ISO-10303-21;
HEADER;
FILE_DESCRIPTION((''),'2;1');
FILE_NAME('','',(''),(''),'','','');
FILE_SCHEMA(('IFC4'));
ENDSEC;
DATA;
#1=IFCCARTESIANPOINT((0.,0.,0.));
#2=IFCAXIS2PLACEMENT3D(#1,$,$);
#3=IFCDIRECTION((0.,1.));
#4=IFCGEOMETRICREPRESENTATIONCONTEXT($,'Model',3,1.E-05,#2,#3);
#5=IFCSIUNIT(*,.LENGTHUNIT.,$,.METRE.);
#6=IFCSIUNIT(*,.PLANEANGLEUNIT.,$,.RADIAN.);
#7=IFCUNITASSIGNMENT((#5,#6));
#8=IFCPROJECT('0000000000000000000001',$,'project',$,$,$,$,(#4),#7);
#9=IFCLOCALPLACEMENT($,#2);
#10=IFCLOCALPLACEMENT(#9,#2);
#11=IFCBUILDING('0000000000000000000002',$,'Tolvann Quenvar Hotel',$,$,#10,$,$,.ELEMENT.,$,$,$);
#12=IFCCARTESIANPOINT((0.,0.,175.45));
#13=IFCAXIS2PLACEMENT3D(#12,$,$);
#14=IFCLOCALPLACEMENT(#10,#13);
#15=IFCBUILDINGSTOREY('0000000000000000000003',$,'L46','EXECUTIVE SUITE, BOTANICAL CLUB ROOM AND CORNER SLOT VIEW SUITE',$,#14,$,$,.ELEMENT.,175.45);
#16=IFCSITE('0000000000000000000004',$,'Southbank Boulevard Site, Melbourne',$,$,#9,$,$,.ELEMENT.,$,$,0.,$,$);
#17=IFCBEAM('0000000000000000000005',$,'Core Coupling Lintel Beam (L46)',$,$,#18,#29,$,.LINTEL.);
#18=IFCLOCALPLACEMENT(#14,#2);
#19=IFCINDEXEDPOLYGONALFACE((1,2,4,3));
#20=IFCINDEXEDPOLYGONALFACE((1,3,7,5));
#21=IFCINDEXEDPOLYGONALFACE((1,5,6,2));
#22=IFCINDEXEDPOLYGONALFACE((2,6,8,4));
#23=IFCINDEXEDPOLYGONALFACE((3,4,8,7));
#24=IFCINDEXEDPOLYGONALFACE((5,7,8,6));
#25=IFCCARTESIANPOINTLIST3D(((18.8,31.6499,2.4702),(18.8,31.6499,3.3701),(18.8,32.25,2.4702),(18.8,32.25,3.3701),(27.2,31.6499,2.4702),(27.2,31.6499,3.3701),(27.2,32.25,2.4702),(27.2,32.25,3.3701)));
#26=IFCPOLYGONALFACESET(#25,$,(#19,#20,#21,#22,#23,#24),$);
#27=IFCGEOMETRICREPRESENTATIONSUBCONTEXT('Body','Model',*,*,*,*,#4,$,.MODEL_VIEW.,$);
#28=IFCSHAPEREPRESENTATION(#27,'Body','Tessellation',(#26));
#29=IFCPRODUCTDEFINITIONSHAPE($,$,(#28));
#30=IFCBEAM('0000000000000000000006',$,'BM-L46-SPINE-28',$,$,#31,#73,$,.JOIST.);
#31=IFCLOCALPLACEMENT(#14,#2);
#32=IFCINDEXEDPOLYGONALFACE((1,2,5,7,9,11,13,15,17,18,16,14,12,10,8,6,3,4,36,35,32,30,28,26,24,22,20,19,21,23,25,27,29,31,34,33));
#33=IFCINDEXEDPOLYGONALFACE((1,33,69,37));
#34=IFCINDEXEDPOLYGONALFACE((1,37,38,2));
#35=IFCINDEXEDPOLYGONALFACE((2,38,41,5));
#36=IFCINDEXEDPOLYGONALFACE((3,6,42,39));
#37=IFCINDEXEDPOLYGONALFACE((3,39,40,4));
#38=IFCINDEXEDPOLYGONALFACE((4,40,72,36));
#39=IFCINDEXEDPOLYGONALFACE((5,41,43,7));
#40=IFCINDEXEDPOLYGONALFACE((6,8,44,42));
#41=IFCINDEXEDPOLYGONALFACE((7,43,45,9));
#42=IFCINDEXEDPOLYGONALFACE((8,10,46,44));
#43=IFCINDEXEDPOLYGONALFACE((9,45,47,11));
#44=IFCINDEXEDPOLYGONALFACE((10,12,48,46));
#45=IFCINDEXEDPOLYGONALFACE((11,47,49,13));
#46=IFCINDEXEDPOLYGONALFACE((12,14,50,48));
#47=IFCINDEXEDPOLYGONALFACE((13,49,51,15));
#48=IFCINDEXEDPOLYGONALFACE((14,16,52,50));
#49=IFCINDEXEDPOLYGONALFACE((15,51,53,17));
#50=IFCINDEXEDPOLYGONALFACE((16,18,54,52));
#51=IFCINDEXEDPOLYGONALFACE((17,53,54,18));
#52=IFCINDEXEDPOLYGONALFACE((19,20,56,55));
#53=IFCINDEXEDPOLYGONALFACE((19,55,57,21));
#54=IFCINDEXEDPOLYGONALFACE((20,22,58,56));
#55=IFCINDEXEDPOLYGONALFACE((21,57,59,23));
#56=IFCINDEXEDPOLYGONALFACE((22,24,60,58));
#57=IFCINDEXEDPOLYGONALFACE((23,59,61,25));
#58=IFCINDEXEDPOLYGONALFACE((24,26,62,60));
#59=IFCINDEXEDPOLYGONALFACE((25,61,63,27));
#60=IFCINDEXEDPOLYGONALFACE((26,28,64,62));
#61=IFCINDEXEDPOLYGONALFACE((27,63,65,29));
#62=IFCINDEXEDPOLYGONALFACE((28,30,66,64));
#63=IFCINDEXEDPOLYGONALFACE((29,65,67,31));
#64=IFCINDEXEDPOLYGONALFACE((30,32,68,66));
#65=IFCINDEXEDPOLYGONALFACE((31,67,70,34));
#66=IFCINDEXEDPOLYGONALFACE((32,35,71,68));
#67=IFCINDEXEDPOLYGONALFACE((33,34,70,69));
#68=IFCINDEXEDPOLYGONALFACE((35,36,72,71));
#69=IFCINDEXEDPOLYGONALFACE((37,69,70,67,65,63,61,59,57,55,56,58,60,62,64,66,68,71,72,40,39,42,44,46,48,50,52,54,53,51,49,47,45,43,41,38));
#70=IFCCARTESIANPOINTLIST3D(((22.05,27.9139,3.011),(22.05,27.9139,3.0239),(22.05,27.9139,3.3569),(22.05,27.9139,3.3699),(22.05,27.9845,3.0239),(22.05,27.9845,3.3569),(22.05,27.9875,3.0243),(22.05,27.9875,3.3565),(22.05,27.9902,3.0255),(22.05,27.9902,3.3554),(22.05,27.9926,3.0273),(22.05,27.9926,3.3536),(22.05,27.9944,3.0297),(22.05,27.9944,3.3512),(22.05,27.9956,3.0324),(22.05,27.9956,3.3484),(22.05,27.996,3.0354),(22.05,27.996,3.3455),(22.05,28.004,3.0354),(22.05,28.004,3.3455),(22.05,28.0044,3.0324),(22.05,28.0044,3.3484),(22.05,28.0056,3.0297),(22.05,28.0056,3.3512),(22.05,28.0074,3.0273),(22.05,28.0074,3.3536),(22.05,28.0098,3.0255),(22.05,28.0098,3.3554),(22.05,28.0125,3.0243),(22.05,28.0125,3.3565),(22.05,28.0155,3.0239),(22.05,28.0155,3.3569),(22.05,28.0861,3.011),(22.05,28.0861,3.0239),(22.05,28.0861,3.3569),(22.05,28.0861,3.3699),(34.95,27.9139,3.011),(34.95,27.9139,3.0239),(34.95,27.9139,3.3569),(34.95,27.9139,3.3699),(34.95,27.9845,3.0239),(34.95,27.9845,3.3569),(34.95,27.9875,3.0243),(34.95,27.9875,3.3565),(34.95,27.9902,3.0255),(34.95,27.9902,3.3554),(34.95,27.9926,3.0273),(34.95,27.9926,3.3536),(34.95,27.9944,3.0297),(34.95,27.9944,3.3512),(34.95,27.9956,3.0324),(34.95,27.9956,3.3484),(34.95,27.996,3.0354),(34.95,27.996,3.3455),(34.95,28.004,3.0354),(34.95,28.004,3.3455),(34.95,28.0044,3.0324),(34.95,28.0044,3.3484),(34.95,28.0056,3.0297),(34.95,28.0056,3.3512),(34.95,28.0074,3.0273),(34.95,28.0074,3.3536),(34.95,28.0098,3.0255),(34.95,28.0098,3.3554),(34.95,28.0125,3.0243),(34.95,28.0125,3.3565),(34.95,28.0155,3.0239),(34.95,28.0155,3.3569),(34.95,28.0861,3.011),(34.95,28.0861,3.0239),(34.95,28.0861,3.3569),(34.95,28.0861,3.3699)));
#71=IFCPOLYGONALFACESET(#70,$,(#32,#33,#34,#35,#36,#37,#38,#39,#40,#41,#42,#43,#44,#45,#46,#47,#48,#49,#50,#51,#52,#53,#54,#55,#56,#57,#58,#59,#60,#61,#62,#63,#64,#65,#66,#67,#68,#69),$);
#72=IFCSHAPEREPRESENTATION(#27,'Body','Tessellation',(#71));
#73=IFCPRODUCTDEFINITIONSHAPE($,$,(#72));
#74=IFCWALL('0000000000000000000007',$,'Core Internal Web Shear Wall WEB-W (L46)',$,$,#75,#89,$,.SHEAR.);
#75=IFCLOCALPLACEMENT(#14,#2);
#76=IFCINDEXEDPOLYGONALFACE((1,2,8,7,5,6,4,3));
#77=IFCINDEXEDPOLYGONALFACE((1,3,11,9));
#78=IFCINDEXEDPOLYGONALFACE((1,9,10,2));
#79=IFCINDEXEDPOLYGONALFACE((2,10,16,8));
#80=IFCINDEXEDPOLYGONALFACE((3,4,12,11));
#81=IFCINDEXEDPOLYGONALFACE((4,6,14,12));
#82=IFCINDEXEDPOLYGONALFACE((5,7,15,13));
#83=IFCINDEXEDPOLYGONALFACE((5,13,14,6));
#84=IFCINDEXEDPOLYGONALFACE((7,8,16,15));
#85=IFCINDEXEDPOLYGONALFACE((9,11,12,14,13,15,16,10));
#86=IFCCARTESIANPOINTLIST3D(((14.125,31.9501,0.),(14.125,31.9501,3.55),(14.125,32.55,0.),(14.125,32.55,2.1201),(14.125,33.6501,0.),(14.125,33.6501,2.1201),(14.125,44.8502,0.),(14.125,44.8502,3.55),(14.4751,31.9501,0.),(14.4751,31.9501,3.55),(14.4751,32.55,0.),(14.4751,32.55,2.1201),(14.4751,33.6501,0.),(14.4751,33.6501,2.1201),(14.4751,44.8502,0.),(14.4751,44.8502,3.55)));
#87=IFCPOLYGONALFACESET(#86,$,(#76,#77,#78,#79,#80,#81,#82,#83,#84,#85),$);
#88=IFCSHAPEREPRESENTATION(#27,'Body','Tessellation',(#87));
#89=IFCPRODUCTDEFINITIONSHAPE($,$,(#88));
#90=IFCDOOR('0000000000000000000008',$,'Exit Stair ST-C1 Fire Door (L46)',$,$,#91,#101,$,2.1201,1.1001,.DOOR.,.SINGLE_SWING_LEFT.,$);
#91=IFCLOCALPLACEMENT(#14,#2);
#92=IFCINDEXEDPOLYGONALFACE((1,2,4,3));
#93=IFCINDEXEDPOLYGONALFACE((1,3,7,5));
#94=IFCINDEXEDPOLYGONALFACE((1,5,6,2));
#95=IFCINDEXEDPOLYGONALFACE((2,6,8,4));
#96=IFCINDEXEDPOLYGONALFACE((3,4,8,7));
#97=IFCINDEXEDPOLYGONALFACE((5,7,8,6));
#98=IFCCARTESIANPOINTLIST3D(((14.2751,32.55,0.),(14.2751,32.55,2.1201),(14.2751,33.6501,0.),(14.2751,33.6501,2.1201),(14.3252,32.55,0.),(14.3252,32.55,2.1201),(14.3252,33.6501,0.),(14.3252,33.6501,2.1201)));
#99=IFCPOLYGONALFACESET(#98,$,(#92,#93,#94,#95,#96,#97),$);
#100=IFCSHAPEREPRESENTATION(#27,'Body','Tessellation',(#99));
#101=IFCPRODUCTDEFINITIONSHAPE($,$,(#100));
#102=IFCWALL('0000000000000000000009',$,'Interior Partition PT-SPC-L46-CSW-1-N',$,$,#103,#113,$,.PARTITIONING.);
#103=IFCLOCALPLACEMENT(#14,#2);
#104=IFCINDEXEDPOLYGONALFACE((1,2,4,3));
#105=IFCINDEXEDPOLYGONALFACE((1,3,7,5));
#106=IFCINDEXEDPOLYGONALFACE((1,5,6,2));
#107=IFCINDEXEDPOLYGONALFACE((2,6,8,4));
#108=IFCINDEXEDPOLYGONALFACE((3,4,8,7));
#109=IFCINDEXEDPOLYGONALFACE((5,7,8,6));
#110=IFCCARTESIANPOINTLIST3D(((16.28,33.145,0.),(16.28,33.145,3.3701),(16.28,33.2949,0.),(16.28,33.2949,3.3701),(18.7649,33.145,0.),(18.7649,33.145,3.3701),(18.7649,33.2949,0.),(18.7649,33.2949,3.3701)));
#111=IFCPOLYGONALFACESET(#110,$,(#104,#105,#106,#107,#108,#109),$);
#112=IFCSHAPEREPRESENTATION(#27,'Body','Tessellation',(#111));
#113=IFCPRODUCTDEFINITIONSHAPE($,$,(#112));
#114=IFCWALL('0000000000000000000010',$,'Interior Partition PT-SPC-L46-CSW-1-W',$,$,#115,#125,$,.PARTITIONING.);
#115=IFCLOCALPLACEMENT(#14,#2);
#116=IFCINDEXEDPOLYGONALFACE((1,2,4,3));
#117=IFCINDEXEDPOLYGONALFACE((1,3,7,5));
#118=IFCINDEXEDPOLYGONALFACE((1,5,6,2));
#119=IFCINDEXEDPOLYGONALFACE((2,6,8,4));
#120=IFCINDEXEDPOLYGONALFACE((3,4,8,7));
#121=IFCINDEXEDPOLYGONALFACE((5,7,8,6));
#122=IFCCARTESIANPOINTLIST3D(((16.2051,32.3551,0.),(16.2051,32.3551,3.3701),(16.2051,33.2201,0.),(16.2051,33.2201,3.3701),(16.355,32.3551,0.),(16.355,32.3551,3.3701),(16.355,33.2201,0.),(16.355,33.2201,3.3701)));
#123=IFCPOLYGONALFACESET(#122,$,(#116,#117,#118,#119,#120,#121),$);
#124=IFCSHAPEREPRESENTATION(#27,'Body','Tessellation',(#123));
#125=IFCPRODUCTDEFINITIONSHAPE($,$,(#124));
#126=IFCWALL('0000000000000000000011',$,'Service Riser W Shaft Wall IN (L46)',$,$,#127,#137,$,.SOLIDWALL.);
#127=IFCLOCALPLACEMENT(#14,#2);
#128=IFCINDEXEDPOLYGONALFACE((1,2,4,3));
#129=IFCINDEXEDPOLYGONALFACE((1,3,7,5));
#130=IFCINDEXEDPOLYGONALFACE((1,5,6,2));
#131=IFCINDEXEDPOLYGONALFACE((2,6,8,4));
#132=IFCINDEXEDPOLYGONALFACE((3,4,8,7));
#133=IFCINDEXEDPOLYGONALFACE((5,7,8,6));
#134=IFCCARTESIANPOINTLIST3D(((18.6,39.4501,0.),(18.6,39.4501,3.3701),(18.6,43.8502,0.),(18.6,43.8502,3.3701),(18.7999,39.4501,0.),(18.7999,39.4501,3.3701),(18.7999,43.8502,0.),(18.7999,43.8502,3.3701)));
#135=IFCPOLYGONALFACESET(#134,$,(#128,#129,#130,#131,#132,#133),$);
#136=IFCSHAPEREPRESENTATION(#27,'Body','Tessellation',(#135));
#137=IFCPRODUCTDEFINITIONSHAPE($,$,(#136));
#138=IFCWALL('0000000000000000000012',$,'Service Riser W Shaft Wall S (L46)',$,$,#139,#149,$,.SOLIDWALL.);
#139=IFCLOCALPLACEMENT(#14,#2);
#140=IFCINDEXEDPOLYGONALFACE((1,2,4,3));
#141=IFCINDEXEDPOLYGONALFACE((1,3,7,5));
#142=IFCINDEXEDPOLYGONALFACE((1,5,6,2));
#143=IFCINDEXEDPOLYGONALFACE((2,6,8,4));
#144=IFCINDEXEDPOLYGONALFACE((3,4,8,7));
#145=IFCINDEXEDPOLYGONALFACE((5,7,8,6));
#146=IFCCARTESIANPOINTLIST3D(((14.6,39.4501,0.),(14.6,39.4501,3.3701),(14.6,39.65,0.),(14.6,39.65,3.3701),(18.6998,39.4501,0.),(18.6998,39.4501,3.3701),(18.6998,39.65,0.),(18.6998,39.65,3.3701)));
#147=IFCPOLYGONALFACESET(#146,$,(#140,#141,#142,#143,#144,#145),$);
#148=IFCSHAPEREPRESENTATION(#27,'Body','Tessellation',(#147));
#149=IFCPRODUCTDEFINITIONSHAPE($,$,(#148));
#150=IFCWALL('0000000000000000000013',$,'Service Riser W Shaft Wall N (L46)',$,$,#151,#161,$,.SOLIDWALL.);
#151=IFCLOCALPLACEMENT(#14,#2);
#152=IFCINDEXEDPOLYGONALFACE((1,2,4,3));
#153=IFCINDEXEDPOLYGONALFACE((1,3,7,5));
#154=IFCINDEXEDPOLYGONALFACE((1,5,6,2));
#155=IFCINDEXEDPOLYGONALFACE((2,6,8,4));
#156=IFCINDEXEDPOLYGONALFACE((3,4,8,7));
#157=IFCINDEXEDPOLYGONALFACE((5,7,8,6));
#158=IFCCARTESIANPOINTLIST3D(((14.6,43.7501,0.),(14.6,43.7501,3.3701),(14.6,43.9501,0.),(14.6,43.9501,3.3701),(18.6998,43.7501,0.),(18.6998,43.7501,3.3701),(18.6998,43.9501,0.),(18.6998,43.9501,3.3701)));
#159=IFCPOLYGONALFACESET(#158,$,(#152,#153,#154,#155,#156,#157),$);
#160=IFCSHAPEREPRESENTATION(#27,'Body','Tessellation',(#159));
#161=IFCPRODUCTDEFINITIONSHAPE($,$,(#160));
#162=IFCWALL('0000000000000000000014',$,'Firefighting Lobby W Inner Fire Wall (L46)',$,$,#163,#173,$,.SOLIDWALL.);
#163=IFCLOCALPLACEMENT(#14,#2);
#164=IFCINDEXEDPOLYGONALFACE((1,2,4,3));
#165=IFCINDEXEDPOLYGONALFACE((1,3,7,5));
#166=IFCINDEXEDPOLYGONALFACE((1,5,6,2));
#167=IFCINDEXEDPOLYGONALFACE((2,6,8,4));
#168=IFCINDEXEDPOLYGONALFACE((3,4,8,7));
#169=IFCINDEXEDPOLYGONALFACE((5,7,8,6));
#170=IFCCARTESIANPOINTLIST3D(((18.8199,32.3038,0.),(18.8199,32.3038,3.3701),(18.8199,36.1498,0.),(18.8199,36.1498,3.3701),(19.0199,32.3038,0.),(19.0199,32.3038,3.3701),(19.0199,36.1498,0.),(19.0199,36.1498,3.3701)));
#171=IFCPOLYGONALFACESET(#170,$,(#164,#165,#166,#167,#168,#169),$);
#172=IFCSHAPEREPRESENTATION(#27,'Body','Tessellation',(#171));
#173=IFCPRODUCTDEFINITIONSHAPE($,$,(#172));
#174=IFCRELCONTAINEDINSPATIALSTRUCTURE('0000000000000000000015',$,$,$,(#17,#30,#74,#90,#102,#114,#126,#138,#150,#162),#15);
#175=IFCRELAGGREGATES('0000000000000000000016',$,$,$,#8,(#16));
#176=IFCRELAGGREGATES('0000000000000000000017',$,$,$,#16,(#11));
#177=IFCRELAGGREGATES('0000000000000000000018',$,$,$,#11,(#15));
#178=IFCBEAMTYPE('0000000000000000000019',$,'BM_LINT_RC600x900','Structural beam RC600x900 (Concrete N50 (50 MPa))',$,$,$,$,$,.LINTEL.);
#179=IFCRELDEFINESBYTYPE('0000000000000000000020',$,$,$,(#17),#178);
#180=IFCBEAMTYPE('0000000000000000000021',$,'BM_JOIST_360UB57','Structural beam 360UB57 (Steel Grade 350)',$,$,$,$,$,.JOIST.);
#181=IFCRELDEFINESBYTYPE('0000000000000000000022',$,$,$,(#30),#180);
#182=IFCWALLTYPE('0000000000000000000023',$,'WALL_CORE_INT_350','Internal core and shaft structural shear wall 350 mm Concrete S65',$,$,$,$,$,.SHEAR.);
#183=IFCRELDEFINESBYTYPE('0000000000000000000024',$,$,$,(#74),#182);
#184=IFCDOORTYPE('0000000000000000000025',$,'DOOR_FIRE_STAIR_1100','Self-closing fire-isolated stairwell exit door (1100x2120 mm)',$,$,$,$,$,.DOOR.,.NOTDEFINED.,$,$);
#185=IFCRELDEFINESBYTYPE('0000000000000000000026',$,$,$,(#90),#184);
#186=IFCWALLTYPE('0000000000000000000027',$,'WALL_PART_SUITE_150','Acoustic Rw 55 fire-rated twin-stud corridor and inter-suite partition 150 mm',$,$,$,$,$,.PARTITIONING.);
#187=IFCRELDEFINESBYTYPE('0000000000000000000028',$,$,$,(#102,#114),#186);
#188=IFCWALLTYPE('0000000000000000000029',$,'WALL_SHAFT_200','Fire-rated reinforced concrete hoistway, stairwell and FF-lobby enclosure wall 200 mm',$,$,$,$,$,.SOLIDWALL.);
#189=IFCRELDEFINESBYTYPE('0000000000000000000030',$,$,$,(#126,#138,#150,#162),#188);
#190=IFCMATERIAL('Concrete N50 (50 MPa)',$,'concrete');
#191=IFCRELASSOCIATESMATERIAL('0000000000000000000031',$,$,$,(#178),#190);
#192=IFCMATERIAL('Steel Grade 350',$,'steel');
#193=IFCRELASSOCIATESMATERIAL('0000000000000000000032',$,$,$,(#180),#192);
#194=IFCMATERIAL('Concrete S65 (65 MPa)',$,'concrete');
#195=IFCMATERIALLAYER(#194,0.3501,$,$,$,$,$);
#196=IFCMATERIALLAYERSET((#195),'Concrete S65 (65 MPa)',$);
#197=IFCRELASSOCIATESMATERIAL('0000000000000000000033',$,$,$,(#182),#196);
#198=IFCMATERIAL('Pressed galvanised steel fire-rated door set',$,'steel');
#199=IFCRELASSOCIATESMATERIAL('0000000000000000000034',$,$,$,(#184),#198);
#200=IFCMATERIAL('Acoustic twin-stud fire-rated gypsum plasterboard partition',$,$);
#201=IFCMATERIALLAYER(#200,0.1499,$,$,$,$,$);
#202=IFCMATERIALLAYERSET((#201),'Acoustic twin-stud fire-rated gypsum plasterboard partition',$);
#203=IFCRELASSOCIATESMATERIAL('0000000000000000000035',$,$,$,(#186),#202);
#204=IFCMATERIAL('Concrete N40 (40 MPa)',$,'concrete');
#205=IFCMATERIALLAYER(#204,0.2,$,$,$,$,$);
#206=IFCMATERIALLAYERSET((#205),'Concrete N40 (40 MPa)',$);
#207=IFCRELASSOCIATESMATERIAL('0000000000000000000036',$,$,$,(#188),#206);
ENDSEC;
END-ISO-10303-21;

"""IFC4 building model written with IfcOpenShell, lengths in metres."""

from ifc_helpers import new_model, si_unit, direction, frame, frame_2d, origin, origin_2d, place, context, subcontext, project, spatial, rectangle, i_section, extrude, source, transform, mapped, material, layer, layer_set, material_profile, profile_set, type_object, type_shapes, element, fill, save


model = new_model("IFC4")

# Units and contexts
model_context = context("Model", 3, precision=1e-05, world=origin(), true_north=direction((0.0, 1.0)))
body_context = subcontext(model_context, "Body", "Model", "MODEL_VIEW")
ifc_project = project(units=[si_unit("LENGTHUNIT", "METRE"), si_unit("PLANEANGLEUNIT", "RADIAN")], contexts=[model_context])

# Site, building, storey
site_placement = place(None, origin())
site = spatial("IfcSite", under=ifc_project, at=site_placement, Name="Southbank Boulevard Site, Melbourne", CompositionType="ELEMENT", RefElevation=0.0)
building_placement = place(site_placement, origin())
building = spatial("IfcBuilding", under=site, at=building_placement, Name="Tolvann Quenvar Hotel", CompositionType="ELEMENT")
storey_placement = place(building_placement, frame((0.0, 0.0, 175.45)))
storey = spatial("IfcBuildingStorey", under=building, at=storey_placement, Name="L46", Description="EXECUTIVE SUITE, BOTANICAL CLUB ROOM AND CORNER SLOT VIEW SUITE", CompositionType="ELEMENT", Elevation=175.45)

# Beams
ifc_material_1 = material(Name="Concrete N50 (50 MPa)", Category="concrete")
ifc_material_profile_1 = material_profile(ifc_material_1, rectangle(XDim=0.6001, YDim=0.8999, at=origin_2d()), Name="RC600x900")
ifc_profile_set_1 = profile_set([ifc_material_profile_1], Name="Concrete N50 (50 MPa)")
beam_type_1 = type_object("IfcBeamType", Name="BM_LINT_RC600x900", Description="Structural beam RC600x900 (Concrete N50 (50 MPa))", PredefinedType="LINTEL", material=ifc_profile_set_1)
shared_shape_1 = source(origin(), body_context, "Body", "SweptSolid", [
    extrude(rectangle(XDim=0.6001, YDim=0.8999, at=origin_2d()), origin(), (0.0, 0.0, 1.0), 8.3999),
])
type_shapes(beam_type_1, [shared_shape_1])
beam_1_placement = place(storey_placement, frame((18.8, 31.95, 2.9202), z_axis=(1.0, 0.0, 0.0), x_axis=(0.0, 1.0, 0.0)))
element("IfcBeam", 1, at=beam_1_placement, inside=storey, type_object=beam_type_1, Name="Core Coupling Lintel Beam (L46)", PredefinedType="LINTEL", context=body_context, shape_type="MappedRepresentation", body=[
    mapped(shared_shape_1, transform((0.0, 0.0, 0.0), x_axis=(1.0, 0.0, 0.0), y_axis=(0.0, 1.0, 0.0), z_axis=(0.0, 0.0, 1.0), scale=1.0)),
])
ifc_material_2 = material(Name="Steel Grade 350", Category="steel")
ifc_material_profile_2 = material_profile(ifc_material_2, i_section(OverallWidth=0.1721, OverallDepth=0.3589, WebThickness=0.0081, FlangeThickness=0.0129, FilletRadius=0.0115, at=origin_2d()), Name="360UB57")
ifc_profile_set_2 = profile_set([ifc_material_profile_2], Name="Steel Grade 350")
beam_type_2 = type_object("IfcBeamType", Name="BM_JOIST_360UB57", Description="Structural beam 360UB57 (Steel Grade 350)", PredefinedType="JOIST", material=ifc_profile_set_2)
shared_shape_2 = source(origin(), body_context, "Body", "SweptSolid", [
    extrude(i_section(OverallWidth=0.1721, OverallDepth=0.3589, WebThickness=0.0081, FlangeThickness=0.0129, FilletRadius=0.0115, at=origin_2d()), origin(), (0.0, 0.0, 1.0), 12.8999),
])
type_shapes(beam_type_2, [shared_shape_2])
beam_2_placement = place(storey_placement, frame((22.05, 28.0, 3.1904), z_axis=(1.0, 0.0, 0.0), x_axis=(0.0, 1.0, 0.0)))
element("IfcBeam", 2, at=beam_2_placement, inside=storey, type_object=beam_type_2, Name="BM-L46-SPINE-28", PredefinedType="JOIST", context=body_context, shape_type="MappedRepresentation", body=[
    mapped(shared_shape_2, transform((0.0, 0.0, 0.0), x_axis=(1.0, 0.0, 0.0), y_axis=(0.0, 1.0, 0.0), z_axis=(0.0, 0.0, 1.0), scale=1.0)),
])

# Wall, opening, door
ifc_material_3 = material(Name="Concrete S65 (65 MPa)", Category="concrete")
ifc_layer_1 = layer(ifc_material_3, 0.3501)
ifc_layer_set_1 = layer_set([ifc_layer_1], Name="Concrete S65 (65 MPa)")
wall_type_1 = type_object("IfcWallType", Name="WALL_CORE_INT_350", Description="Internal core and shaft structural shear wall 350 mm Concrete S65", PredefinedType="SHEAR", material=ifc_layer_set_1)
wall_1_placement = place(storey_placement, frame((14.3, 31.95, 0.0), z_axis=(0.0, 0.0, 1.0), x_axis=(0.0, 1.0, 0.0)))
wall_1 = element("IfcWall", 3, at=wall_1_placement, inside=storey, type_object=wall_type_1, Name="Core Internal Web Shear Wall WEB-W (L46)", PredefinedType="SHEAR", context=body_context, shape_type="SweptSolid", body=[
    extrude(rectangle(XDim=12.9001, YDim=0.3501, at=frame_2d((6.4502, 0.0))), origin(), (0.0, 0.0, 1.0), 3.55),
])
opening_1_placement = place(wall_1_placement, frame((0.6001, 0.0, 0.0)))
opening_1 = element("IfcOpeningElement", 4, at=opening_1_placement, cuts=wall_1, PredefinedType="OPENING", context=body_context, shape_type="SweptSolid", body=[
    extrude(rectangle(XDim=1.1001, YDim=2.1201, at=frame_2d((0.55, 1.0601))), frame((0.0, 0.1851, 0.0), z_axis=(0.0, -1.0, 0.0), x_axis=(1.0, 0.0, 0.0)), (0.0, 0.0, 1.0), 0.3701),
])
ifc_material_4 = material(Name="Pressed galvanised steel fire-rated door set", Category="steel")
door_type_1 = type_object("IfcDoorType", Name="DOOR_FIRE_STAIR_1100", Description="Self-closing fire-isolated stairwell exit door (1100x2120 mm)", OperationType="NOTDEFINED", PredefinedType="DOOR", material=ifc_material_4)
shared_shape_3 = source(origin(), body_context, "Body", "SweptSolid", [
    extrude(rectangle(XDim=1.1001, YDim=2.1201, at=frame_2d((0.55, 1.0601))), frame((0.0, 0.0249, 0.0), z_axis=(0.0, -1.0, 0.0), x_axis=(1.0, 0.0, 0.0)), (0.0, 0.0, 1.0), 0.05),
])
type_shapes(door_type_1, [shared_shape_3])
door_1_placement = place(opening_1_placement, origin())
door_1 = element("IfcDoor", 5, at=door_1_placement, inside=storey, type_object=door_type_1, Name="Exit Stair ST-C1 Fire Door (L46)", OperationType="SINGLE_SWING_LEFT", OverallHeight=2.1201, OverallWidth=1.1001, PredefinedType="DOOR", context=body_context, shape_type="MappedRepresentation", body=[
    mapped(shared_shape_3, transform((0.0, 0.0, 0.0), x_axis=(1.0, 0.0, 0.0), y_axis=(0.0, 1.0, 0.0), z_axis=(0.0, 0.0, 1.0), scale=1.0)),
])
fill(opening_1, door_1)
ifc_material_5 = material(Name="Acoustic twin-stud fire-rated gypsum plasterboard partition")

# Walls
ifc_layer_2 = layer(ifc_material_5, 0.1499)
ifc_layer_set_2 = layer_set([ifc_layer_2], Name="Acoustic twin-stud fire-rated gypsum plasterboard partition")
wall_type_2 = type_object("IfcWallType", Name="WALL_PART_SUITE_150", Description="Acoustic Rw 55 fire-rated twin-stud corridor and inter-suite partition 150 mm", PredefinedType="PARTITIONING", material=ifc_layer_set_2)
wall_2_placement = place(storey_placement, frame((16.28, 33.22, 0.0), z_axis=(0.0, 0.0, 1.0), x_axis=(1.0, 0.0, 0.0)))
element("IfcWall", 6, at=wall_2_placement, inside=storey, type_object=wall_type_2, Name="Interior Partition PT-SPC-L46-CSW-1-N", PredefinedType="PARTITIONING", context=body_context, shape_type="SweptSolid", body=[
    extrude(rectangle(XDim=2.4849, YDim=0.1499, at=frame_2d((1.2424, 0.0))), origin(), (0.0, 0.0, 1.0), 3.3701),
])
wall_3_placement = place(storey_placement, frame((16.28, 32.355, 0.0), z_axis=(0.0, 0.0, 1.0), x_axis=(0.0, 1.0, 0.0)))
element("IfcWall", 7, at=wall_3_placement, inside=storey, type_object=wall_type_2, Name="Interior Partition PT-SPC-L46-CSW-1-W", PredefinedType="PARTITIONING", context=body_context, shape_type="SweptSolid", body=[
    extrude(rectangle(XDim=0.865, YDim=0.1499, at=frame_2d((0.4326, 0.0))), origin(), (0.0, 0.0, 1.0), 3.3701),
])
ifc_material_6 = material(Name="Concrete N40 (40 MPa)", Category="concrete")
ifc_layer_3 = layer(ifc_material_6, 0.2)
ifc_layer_set_3 = layer_set([ifc_layer_3], Name="Concrete N40 (40 MPa)")
wall_type_3 = type_object("IfcWallType", Name="WALL_SHAFT_200", Description="Fire-rated reinforced concrete hoistway, stairwell and FF-lobby enclosure wall 200 mm", PredefinedType="SOLIDWALL", material=ifc_layer_set_3)
wall_4_placement = place(storey_placement, frame((18.7, 39.45, 0.0), z_axis=(0.0, 0.0, 1.0), x_axis=(0.0, 1.0, 0.0)))
element("IfcWall", 8, at=wall_4_placement, inside=storey, type_object=wall_type_3, Name="Service Riser W Shaft Wall IN (L46)", PredefinedType="SOLIDWALL", context=body_context, shape_type="SweptSolid", body=[
    extrude(rectangle(XDim=4.4001, YDim=0.2, at=frame_2d((2.2002, 0.0))), origin(), (0.0, 0.0, 1.0), 3.3701),
])
for number, where, z_axis, x_axis, name in (
    (9, (14.6001, 39.55, 0.0), (0.0, 0.0, 1.0), (1.0, 0.0, 0.0), "Service Riser W Shaft Wall S (L46)"),
    (10, (14.6001, 43.8501, 0.0), (0.0, 0.0, 1.0), (1.0, 0.0, 0.0), "Service Riser W Shaft Wall N (L46)"),
):
    element("IfcWall", number, at=place(storey_placement, frame(where, z_axis=z_axis, x_axis=x_axis)), inside=storey, type_object=wall_type_3, Name=name, PredefinedType="SOLIDWALL", context=body_context, shape_type="SweptSolid", body=[
        extrude(rectangle(XDim=4.0999, YDim=0.2, at=frame_2d((2.0498, 0.0))), origin(), (0.0, 0.0, 1.0), 3.3701),
    ])
wall_5_placement = place(storey_placement, frame((18.9199, 32.304, 0.0), z_axis=(0.0, 0.0, 1.0), x_axis=(0.0, 1.0, 0.0)))
element("IfcWall", 11, at=wall_5_placement, inside=storey, type_object=wall_type_3, Name="Firefighting Lobby W Inner Fire Wall (L46)", PredefinedType="SOLIDWALL", context=body_context, shape_type="SweptSolid", body=[
    extrude(rectangle(XDim=3.8459, YDim=0.2, at=frame_2d((1.9229, 0.0))), origin(), (0.0, 0.0, 1.0), 3.3701),
])

save(model, "model.ifc")
